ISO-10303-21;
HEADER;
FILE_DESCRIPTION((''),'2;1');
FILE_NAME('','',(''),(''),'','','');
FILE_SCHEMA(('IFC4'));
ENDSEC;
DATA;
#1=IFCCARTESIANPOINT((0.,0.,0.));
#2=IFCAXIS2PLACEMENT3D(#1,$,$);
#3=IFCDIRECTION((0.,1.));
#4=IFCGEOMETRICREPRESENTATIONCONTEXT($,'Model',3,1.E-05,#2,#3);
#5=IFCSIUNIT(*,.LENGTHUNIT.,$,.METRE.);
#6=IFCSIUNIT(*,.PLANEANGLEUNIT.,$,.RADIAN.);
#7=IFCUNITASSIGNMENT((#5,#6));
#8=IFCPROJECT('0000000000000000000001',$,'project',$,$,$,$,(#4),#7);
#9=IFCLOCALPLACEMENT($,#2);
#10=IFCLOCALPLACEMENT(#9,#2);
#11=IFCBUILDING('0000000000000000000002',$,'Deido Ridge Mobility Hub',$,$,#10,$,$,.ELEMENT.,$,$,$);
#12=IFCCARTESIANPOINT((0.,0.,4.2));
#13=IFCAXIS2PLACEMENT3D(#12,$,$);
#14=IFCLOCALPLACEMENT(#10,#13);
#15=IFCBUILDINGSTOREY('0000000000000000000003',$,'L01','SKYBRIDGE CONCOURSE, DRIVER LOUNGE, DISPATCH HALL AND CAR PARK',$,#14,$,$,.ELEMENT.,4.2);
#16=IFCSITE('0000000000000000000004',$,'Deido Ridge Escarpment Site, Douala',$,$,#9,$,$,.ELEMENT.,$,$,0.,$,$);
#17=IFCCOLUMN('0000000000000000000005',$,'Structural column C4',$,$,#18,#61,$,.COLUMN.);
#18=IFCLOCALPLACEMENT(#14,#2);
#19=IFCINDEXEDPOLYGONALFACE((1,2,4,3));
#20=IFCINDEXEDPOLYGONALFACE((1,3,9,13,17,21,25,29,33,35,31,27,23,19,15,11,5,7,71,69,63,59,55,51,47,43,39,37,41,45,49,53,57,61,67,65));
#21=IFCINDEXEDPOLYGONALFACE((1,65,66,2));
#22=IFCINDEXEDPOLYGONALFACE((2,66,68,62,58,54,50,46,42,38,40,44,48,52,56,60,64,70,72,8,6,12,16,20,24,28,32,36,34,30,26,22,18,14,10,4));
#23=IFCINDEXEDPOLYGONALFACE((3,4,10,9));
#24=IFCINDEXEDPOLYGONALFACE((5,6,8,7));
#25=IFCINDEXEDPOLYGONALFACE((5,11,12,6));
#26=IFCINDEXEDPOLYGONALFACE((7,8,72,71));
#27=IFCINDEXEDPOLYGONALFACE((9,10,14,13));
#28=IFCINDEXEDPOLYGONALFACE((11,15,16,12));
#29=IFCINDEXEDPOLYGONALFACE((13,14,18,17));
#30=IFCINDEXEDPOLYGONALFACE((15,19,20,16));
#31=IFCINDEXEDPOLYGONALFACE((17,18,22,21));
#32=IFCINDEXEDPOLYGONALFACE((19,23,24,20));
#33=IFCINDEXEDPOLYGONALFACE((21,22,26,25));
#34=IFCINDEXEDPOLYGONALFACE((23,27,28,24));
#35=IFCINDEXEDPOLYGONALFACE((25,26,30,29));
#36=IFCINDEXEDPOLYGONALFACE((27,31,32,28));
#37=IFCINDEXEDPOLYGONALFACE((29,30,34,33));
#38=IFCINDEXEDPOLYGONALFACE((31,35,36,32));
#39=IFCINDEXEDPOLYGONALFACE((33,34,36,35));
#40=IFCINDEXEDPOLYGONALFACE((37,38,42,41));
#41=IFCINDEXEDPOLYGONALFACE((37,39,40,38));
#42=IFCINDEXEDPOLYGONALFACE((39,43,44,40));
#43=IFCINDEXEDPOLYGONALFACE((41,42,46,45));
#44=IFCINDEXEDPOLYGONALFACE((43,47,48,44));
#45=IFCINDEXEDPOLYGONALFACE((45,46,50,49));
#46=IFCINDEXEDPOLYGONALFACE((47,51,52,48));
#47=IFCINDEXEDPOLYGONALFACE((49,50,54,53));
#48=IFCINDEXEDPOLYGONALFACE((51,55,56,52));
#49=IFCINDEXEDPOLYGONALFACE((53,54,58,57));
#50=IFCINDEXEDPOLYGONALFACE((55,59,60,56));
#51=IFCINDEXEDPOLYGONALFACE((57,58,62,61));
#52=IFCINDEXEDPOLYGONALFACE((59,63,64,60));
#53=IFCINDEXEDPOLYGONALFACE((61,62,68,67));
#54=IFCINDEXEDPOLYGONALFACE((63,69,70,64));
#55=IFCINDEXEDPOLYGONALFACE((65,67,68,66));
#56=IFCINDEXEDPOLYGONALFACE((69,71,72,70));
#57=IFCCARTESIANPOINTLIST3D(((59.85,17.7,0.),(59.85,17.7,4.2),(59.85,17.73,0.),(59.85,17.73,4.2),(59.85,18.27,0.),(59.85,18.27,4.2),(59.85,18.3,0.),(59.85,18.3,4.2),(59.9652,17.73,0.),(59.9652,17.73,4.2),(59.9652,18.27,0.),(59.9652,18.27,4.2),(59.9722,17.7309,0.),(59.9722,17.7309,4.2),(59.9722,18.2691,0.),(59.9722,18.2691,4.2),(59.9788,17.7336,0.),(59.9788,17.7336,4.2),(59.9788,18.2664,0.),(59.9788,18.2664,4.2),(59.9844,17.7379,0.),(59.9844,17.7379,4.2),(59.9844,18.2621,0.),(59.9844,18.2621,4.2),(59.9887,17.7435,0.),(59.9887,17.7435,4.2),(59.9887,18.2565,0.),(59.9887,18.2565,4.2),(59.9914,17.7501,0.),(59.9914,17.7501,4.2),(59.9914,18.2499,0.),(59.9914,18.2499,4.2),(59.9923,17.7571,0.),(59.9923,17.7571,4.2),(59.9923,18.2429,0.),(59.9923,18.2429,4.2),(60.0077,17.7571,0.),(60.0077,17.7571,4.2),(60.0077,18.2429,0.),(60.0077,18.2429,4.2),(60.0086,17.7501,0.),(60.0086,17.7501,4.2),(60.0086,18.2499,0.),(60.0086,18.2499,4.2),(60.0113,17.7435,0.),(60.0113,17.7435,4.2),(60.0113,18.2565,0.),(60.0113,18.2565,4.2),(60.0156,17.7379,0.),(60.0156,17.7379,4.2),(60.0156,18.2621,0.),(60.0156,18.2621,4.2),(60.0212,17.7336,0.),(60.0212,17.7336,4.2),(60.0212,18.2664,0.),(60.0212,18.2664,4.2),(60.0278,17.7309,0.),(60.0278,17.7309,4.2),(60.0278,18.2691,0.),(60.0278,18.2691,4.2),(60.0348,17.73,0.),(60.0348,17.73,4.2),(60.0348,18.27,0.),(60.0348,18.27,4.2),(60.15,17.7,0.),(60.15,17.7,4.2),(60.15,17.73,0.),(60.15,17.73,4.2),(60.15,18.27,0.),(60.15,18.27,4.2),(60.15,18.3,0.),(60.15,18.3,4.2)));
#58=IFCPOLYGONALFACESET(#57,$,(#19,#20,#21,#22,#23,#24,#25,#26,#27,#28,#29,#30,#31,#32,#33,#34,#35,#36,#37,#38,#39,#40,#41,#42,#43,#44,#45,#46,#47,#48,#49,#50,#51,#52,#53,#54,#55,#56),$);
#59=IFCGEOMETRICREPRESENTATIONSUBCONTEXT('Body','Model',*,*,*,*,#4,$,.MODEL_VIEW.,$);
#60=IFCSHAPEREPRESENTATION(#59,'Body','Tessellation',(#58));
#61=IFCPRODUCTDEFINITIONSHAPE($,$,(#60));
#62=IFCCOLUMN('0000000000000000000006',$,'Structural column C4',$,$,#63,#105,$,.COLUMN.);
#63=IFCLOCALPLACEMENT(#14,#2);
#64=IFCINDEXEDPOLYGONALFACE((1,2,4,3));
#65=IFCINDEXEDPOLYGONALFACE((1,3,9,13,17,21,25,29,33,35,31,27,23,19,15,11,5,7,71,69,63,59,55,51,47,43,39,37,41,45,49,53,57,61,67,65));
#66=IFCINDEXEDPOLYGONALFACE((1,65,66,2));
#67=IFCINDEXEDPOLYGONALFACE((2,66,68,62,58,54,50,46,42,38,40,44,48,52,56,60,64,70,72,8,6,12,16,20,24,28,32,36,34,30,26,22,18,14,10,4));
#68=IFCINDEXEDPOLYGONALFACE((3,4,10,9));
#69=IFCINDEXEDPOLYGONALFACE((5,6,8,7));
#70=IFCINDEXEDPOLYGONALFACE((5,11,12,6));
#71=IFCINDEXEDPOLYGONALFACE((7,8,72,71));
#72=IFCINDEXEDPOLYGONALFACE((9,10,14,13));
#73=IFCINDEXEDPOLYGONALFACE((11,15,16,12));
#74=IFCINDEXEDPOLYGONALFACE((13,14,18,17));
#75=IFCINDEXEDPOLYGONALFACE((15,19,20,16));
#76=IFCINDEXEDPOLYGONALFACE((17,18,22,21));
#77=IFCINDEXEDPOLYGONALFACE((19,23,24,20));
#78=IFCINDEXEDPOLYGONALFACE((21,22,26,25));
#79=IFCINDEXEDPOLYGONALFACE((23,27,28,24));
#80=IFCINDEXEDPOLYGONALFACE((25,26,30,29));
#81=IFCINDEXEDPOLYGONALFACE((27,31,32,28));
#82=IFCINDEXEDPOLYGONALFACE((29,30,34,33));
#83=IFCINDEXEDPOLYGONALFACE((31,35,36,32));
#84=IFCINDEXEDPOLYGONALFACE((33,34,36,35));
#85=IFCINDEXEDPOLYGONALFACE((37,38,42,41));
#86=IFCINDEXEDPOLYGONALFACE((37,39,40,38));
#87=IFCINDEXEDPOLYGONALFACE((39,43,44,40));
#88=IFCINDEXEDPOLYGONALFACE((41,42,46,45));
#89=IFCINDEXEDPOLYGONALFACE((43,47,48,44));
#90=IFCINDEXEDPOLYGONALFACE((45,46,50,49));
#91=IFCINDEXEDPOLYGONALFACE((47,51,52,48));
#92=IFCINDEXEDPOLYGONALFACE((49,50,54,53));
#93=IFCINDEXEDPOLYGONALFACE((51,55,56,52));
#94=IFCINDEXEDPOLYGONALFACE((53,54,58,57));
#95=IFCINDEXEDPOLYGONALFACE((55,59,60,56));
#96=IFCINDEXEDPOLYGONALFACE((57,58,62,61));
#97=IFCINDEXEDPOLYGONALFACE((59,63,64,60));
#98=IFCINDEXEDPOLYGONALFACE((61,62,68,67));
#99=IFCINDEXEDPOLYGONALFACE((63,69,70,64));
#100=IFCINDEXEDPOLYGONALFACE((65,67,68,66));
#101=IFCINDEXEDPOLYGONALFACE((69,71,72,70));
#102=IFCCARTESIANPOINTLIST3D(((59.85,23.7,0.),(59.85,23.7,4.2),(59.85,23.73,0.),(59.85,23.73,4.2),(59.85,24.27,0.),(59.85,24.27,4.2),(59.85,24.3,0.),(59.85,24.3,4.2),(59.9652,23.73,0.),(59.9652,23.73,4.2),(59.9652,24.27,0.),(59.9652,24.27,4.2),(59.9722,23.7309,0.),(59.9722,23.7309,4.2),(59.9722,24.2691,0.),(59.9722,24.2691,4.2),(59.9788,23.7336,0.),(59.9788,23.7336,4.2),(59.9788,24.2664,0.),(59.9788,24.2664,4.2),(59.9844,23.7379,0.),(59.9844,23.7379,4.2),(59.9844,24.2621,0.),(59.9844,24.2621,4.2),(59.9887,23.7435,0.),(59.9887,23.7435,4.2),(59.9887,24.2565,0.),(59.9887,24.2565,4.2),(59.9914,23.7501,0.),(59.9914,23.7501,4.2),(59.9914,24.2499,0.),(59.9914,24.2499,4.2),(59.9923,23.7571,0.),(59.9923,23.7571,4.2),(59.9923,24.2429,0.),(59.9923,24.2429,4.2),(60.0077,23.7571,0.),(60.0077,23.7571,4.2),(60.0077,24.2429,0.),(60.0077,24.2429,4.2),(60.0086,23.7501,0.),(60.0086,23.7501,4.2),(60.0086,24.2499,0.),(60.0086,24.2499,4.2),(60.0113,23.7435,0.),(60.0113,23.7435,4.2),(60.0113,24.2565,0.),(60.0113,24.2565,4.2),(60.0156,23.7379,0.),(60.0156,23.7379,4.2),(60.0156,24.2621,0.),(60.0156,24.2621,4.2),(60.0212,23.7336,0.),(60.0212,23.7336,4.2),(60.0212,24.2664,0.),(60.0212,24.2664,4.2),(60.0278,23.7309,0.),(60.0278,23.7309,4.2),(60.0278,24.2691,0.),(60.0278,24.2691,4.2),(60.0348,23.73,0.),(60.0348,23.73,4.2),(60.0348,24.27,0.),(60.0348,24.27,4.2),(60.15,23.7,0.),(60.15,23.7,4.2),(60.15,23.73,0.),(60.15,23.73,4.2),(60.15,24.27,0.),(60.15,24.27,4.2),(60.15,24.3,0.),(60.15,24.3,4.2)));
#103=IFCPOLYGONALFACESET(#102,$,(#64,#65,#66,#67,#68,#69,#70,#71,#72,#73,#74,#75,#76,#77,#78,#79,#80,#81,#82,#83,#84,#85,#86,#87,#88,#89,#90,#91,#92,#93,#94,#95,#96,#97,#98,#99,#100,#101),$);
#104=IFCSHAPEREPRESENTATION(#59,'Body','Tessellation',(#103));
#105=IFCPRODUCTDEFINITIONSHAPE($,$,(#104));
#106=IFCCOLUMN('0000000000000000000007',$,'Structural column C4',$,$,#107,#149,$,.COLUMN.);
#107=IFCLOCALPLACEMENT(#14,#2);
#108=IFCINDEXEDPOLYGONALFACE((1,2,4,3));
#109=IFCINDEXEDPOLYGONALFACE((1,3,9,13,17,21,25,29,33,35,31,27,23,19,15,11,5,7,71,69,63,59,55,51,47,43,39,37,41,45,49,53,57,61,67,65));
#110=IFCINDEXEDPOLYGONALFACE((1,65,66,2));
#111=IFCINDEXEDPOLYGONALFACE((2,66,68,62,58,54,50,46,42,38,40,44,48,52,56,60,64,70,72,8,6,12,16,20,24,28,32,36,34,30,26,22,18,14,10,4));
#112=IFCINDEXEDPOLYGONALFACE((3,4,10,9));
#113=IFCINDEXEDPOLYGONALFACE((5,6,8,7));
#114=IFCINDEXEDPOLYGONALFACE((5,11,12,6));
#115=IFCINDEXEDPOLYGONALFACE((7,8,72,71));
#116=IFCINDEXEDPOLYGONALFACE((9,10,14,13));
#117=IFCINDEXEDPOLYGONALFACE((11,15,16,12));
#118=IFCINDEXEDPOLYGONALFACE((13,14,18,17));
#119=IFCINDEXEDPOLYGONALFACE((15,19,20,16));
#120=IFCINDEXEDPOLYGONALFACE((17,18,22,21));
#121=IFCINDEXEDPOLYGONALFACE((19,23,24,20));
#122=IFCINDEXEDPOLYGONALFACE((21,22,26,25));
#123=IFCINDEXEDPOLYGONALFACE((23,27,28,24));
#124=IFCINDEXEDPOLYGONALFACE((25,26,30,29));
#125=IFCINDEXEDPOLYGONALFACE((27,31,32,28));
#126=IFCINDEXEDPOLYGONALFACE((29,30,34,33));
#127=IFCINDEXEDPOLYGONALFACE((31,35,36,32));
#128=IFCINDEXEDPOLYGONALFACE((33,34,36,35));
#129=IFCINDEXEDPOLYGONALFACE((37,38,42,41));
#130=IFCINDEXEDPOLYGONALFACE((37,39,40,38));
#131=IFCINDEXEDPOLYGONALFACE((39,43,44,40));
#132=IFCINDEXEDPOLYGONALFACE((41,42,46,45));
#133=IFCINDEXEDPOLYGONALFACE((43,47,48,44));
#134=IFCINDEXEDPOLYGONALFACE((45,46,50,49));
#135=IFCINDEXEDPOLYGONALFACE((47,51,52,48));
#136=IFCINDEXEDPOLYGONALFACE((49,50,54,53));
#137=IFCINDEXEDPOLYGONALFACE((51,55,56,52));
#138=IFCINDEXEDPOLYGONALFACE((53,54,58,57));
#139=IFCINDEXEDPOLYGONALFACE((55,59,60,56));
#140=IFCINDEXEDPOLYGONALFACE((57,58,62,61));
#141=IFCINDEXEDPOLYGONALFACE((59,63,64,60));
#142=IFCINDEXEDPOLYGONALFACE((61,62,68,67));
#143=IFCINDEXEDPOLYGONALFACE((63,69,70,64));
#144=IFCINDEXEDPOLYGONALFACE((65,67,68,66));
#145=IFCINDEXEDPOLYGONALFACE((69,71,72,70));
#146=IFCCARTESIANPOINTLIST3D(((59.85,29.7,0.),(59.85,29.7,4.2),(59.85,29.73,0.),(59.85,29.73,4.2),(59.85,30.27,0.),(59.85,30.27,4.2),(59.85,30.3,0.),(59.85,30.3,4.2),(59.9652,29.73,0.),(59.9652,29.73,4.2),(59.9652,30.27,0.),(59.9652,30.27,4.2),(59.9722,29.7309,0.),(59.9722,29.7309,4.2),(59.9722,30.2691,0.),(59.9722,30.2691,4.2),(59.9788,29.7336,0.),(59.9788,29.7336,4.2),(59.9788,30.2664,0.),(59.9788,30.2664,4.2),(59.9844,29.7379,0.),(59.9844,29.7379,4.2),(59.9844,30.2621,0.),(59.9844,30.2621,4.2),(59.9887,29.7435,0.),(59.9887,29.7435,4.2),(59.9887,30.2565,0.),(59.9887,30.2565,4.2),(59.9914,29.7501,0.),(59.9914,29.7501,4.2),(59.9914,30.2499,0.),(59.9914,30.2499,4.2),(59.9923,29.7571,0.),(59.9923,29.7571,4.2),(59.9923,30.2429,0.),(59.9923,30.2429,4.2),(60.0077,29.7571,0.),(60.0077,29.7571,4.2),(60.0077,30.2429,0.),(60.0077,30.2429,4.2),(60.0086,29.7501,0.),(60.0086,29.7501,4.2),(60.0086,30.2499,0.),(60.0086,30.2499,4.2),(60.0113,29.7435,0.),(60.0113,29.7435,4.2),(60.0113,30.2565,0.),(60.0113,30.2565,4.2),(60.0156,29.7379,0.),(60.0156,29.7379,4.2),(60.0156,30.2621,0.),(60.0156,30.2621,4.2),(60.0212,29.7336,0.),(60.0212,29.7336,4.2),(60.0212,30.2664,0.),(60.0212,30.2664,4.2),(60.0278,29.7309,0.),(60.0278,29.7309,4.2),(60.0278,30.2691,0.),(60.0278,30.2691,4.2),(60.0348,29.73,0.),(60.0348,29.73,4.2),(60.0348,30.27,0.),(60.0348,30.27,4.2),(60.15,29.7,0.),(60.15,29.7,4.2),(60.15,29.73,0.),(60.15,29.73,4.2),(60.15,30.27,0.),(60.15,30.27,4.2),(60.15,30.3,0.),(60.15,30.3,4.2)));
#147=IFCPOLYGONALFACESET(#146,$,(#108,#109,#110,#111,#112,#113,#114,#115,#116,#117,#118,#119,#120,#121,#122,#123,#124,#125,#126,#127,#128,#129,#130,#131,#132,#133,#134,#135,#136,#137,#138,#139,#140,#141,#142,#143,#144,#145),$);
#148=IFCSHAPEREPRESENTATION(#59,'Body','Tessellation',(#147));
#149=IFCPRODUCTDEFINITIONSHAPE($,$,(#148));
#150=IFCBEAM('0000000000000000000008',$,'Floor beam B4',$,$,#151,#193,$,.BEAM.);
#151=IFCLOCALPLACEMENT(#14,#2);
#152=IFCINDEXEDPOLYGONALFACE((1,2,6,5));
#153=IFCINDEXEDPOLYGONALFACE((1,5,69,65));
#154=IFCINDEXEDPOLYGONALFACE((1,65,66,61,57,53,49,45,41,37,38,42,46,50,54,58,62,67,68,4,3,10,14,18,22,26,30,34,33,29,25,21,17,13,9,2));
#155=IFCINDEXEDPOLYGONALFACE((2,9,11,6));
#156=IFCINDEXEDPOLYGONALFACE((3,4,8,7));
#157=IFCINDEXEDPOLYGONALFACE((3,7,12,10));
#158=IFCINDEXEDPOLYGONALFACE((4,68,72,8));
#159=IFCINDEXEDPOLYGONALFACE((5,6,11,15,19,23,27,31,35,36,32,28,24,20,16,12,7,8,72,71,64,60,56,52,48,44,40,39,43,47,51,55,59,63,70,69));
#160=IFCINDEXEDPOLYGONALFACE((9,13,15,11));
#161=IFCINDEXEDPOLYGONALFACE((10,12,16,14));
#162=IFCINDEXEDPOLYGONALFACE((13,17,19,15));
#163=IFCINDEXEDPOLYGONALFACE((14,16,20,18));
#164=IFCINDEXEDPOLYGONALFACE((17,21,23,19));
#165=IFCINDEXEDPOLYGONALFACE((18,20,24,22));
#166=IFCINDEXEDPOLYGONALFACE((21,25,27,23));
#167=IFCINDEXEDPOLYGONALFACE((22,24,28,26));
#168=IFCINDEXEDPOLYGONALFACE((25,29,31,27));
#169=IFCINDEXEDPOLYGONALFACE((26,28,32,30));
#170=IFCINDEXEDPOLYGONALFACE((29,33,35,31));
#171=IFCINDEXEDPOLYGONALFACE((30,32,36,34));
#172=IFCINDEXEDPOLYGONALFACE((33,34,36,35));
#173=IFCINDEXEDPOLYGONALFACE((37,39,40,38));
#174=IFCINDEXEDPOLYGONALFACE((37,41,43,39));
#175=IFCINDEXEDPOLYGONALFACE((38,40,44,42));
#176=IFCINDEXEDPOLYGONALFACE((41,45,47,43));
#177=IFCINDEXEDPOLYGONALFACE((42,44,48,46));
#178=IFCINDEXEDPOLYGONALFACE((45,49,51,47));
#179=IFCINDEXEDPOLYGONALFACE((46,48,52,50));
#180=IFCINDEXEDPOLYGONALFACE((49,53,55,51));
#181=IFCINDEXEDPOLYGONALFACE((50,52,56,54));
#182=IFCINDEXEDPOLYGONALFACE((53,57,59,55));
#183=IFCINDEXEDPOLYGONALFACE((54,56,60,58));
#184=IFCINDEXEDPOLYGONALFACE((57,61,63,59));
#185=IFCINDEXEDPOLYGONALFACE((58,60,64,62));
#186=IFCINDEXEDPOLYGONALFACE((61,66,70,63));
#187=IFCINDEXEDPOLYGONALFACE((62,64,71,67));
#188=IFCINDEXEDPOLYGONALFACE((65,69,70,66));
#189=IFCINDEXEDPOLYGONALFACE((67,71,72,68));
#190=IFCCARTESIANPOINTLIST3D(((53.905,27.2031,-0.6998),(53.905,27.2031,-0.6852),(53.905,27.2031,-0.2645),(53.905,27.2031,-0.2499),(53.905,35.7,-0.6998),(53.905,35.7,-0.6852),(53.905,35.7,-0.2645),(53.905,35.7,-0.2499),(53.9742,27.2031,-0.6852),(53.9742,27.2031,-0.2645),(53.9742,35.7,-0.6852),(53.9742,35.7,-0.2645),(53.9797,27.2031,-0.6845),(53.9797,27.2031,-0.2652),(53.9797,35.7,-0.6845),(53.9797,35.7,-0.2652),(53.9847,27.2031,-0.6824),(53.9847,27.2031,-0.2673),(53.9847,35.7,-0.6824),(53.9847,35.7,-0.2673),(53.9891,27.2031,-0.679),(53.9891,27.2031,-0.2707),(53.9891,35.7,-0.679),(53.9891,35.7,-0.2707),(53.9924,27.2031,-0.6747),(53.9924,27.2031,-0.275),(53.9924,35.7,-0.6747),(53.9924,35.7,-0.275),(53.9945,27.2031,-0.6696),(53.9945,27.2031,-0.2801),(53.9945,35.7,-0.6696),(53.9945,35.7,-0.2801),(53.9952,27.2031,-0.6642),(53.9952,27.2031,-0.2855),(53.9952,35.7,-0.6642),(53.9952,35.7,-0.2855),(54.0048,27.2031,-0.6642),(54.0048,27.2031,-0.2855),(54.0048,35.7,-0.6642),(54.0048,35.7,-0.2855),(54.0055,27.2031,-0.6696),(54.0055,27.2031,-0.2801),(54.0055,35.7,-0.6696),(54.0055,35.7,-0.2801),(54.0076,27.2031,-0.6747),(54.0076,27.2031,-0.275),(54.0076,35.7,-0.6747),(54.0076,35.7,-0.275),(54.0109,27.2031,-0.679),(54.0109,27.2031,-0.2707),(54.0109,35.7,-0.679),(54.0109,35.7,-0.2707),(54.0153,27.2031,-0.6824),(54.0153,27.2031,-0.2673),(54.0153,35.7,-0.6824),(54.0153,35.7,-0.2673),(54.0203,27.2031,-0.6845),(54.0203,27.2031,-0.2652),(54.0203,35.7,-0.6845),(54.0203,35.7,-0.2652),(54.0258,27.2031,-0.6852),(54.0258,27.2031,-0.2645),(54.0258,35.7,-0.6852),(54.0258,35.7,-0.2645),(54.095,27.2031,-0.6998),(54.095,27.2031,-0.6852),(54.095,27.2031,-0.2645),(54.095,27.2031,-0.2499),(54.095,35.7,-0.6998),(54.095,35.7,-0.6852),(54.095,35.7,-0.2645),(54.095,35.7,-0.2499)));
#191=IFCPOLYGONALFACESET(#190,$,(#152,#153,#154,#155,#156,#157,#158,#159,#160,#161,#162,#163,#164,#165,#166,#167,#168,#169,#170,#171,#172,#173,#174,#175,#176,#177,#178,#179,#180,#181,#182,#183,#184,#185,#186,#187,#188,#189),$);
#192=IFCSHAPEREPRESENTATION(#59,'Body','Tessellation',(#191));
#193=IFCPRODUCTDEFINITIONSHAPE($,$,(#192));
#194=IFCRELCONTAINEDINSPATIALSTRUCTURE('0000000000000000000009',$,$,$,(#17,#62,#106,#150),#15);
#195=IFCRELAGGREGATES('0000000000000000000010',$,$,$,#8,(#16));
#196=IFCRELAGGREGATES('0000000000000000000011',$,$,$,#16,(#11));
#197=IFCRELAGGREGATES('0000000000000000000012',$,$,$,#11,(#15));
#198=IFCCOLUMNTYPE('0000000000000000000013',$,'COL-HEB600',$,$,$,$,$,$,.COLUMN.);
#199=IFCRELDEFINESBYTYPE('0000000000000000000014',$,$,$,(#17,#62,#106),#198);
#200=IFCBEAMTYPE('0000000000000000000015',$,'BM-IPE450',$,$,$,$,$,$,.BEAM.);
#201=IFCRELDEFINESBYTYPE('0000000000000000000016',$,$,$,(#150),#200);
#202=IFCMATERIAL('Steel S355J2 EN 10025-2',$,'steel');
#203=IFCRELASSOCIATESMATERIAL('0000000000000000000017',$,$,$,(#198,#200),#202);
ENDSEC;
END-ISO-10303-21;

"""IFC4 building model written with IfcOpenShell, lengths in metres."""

from ifc_helpers import new_model, si_unit, direction, frame, origin, origin_2d, place, context, subcontext, project, spatial, i_section, extrude, material, material_profile, profile_set, type_object, element, save


model = new_model("IFC4")

# Units and contexts
model_context = context("Model", 3, precision=1e-05, world=origin(), true_north=direction((0.0, 1.0)))
body_context = subcontext(model_context, "Body", "Model", "MODEL_VIEW")
ifc_project = project(units=[si_unit("LENGTHUNIT", "METRE"), si_unit("PLANEANGLEUNIT", "RADIAN")], contexts=[model_context])

# Site, building, storey
site_placement = place(None, origin())
site = spatial("IfcSite", under=ifc_project, at=site_placement, Name="Deido Ridge Escarpment Site, Douala", CompositionType="ELEMENT", RefElevation=0.0)
building_placement = place(site_placement, origin())
building = spatial("IfcBuilding", under=site, at=building_placement, Name="Deido Ridge Mobility Hub", CompositionType="ELEMENT")
storey_placement = place(building_placement, frame((0.0, 0.0, 4.2)))
storey = spatial("IfcBuildingStorey", under=building, at=storey_placement, Name="L01", Description="SKYBRIDGE CONCOURSE, DRIVER LOUNGE, DISPATCH HALL AND CAR PARK", CompositionType="ELEMENT", Elevation=4.2)

# Columns
ifc_material_1 = material(Name="Steel S355J2 EN 10025-2", Category="steel")
ifc_material_profile_1 = material_profile(ifc_material_1, i_section(OverallWidth=0.3, OverallDepth=0.6001, WebThickness=0.0154, FlangeThickness=0.03, FilletRadius=0.0271, at=origin_2d()), Name="HEB 600")
ifc_profile_set_1 = profile_set([ifc_material_profile_1], Name="Steel S355J2 EN 10025-2")
column_type = type_object("IfcColumnType", Name="COL-HEB600", PredefinedType="COLUMN", material=ifc_profile_set_1)
for number, where, z_axis, x_axis, name in (
    (1, (60.0, 18.0, 0.0), (0.0, 0.0, 1.0), (1.0, 0.0, 0.0), "Structural column C4"),
    (2, (60.0, 24.0, 0.0), (0.0, 0.0, 1.0), (1.0, 0.0, 0.0), "Structural column C4"),
    (3, (60.0, 30.0, 0.0), (0.0, 0.0, 1.0), (1.0, 0.0, 0.0), "Structural column C4"),
):
    element("IfcColumn", number, at=place(storey_placement, frame(where, z_axis=z_axis, x_axis=x_axis)), inside=storey, type_object=column_type, Name=name, PredefinedType="COLUMN", context=body_context, shape_type="SweptSolid", body=[
        extrude(i_section(OverallWidth=0.3, OverallDepth=0.6001, WebThickness=0.0154, FlangeThickness=0.03, FilletRadius=0.0271, at=origin_2d()), origin(), (0.0, 0.0, 1.0), 4.2),
    ])

# Beam
ifc_material_profile_2 = material_profile(ifc_material_1, i_section(OverallWidth=0.1899, OverallDepth=0.45, WebThickness=0.0095, FlangeThickness=0.0146, FilletRadius=0.021, at=origin_2d()), Name="IPE 450")
ifc_profile_set_2 = profile_set([ifc_material_profile_2], Name="Steel S355J2 EN 10025-2")
beam_type_1 = type_object("IfcBeamType", Name="BM-IPE450", PredefinedType="BEAM", material=ifc_profile_set_2)
beam_1_placement = place(storey_placement, frame((54.0, 27.2031, -0.4749), z_axis=(0.0, 1.0, 0.0), x_axis=(-1.0, 0.0, 0.0)))
element("IfcBeam", 4, at=beam_1_placement, inside=storey, type_object=beam_type_1, Name="Floor beam B4", PredefinedType="BEAM", context=body_context, shape_type="SweptSolid", body=[
    extrude(i_section(OverallWidth=0.1899, OverallDepth=0.45, WebThickness=0.0095, FlangeThickness=0.0146, FilletRadius=0.021, at=origin_2d()), origin(), (0.0, 0.0, 1.0), 8.4968),
])

save(model, "model.ifc")
